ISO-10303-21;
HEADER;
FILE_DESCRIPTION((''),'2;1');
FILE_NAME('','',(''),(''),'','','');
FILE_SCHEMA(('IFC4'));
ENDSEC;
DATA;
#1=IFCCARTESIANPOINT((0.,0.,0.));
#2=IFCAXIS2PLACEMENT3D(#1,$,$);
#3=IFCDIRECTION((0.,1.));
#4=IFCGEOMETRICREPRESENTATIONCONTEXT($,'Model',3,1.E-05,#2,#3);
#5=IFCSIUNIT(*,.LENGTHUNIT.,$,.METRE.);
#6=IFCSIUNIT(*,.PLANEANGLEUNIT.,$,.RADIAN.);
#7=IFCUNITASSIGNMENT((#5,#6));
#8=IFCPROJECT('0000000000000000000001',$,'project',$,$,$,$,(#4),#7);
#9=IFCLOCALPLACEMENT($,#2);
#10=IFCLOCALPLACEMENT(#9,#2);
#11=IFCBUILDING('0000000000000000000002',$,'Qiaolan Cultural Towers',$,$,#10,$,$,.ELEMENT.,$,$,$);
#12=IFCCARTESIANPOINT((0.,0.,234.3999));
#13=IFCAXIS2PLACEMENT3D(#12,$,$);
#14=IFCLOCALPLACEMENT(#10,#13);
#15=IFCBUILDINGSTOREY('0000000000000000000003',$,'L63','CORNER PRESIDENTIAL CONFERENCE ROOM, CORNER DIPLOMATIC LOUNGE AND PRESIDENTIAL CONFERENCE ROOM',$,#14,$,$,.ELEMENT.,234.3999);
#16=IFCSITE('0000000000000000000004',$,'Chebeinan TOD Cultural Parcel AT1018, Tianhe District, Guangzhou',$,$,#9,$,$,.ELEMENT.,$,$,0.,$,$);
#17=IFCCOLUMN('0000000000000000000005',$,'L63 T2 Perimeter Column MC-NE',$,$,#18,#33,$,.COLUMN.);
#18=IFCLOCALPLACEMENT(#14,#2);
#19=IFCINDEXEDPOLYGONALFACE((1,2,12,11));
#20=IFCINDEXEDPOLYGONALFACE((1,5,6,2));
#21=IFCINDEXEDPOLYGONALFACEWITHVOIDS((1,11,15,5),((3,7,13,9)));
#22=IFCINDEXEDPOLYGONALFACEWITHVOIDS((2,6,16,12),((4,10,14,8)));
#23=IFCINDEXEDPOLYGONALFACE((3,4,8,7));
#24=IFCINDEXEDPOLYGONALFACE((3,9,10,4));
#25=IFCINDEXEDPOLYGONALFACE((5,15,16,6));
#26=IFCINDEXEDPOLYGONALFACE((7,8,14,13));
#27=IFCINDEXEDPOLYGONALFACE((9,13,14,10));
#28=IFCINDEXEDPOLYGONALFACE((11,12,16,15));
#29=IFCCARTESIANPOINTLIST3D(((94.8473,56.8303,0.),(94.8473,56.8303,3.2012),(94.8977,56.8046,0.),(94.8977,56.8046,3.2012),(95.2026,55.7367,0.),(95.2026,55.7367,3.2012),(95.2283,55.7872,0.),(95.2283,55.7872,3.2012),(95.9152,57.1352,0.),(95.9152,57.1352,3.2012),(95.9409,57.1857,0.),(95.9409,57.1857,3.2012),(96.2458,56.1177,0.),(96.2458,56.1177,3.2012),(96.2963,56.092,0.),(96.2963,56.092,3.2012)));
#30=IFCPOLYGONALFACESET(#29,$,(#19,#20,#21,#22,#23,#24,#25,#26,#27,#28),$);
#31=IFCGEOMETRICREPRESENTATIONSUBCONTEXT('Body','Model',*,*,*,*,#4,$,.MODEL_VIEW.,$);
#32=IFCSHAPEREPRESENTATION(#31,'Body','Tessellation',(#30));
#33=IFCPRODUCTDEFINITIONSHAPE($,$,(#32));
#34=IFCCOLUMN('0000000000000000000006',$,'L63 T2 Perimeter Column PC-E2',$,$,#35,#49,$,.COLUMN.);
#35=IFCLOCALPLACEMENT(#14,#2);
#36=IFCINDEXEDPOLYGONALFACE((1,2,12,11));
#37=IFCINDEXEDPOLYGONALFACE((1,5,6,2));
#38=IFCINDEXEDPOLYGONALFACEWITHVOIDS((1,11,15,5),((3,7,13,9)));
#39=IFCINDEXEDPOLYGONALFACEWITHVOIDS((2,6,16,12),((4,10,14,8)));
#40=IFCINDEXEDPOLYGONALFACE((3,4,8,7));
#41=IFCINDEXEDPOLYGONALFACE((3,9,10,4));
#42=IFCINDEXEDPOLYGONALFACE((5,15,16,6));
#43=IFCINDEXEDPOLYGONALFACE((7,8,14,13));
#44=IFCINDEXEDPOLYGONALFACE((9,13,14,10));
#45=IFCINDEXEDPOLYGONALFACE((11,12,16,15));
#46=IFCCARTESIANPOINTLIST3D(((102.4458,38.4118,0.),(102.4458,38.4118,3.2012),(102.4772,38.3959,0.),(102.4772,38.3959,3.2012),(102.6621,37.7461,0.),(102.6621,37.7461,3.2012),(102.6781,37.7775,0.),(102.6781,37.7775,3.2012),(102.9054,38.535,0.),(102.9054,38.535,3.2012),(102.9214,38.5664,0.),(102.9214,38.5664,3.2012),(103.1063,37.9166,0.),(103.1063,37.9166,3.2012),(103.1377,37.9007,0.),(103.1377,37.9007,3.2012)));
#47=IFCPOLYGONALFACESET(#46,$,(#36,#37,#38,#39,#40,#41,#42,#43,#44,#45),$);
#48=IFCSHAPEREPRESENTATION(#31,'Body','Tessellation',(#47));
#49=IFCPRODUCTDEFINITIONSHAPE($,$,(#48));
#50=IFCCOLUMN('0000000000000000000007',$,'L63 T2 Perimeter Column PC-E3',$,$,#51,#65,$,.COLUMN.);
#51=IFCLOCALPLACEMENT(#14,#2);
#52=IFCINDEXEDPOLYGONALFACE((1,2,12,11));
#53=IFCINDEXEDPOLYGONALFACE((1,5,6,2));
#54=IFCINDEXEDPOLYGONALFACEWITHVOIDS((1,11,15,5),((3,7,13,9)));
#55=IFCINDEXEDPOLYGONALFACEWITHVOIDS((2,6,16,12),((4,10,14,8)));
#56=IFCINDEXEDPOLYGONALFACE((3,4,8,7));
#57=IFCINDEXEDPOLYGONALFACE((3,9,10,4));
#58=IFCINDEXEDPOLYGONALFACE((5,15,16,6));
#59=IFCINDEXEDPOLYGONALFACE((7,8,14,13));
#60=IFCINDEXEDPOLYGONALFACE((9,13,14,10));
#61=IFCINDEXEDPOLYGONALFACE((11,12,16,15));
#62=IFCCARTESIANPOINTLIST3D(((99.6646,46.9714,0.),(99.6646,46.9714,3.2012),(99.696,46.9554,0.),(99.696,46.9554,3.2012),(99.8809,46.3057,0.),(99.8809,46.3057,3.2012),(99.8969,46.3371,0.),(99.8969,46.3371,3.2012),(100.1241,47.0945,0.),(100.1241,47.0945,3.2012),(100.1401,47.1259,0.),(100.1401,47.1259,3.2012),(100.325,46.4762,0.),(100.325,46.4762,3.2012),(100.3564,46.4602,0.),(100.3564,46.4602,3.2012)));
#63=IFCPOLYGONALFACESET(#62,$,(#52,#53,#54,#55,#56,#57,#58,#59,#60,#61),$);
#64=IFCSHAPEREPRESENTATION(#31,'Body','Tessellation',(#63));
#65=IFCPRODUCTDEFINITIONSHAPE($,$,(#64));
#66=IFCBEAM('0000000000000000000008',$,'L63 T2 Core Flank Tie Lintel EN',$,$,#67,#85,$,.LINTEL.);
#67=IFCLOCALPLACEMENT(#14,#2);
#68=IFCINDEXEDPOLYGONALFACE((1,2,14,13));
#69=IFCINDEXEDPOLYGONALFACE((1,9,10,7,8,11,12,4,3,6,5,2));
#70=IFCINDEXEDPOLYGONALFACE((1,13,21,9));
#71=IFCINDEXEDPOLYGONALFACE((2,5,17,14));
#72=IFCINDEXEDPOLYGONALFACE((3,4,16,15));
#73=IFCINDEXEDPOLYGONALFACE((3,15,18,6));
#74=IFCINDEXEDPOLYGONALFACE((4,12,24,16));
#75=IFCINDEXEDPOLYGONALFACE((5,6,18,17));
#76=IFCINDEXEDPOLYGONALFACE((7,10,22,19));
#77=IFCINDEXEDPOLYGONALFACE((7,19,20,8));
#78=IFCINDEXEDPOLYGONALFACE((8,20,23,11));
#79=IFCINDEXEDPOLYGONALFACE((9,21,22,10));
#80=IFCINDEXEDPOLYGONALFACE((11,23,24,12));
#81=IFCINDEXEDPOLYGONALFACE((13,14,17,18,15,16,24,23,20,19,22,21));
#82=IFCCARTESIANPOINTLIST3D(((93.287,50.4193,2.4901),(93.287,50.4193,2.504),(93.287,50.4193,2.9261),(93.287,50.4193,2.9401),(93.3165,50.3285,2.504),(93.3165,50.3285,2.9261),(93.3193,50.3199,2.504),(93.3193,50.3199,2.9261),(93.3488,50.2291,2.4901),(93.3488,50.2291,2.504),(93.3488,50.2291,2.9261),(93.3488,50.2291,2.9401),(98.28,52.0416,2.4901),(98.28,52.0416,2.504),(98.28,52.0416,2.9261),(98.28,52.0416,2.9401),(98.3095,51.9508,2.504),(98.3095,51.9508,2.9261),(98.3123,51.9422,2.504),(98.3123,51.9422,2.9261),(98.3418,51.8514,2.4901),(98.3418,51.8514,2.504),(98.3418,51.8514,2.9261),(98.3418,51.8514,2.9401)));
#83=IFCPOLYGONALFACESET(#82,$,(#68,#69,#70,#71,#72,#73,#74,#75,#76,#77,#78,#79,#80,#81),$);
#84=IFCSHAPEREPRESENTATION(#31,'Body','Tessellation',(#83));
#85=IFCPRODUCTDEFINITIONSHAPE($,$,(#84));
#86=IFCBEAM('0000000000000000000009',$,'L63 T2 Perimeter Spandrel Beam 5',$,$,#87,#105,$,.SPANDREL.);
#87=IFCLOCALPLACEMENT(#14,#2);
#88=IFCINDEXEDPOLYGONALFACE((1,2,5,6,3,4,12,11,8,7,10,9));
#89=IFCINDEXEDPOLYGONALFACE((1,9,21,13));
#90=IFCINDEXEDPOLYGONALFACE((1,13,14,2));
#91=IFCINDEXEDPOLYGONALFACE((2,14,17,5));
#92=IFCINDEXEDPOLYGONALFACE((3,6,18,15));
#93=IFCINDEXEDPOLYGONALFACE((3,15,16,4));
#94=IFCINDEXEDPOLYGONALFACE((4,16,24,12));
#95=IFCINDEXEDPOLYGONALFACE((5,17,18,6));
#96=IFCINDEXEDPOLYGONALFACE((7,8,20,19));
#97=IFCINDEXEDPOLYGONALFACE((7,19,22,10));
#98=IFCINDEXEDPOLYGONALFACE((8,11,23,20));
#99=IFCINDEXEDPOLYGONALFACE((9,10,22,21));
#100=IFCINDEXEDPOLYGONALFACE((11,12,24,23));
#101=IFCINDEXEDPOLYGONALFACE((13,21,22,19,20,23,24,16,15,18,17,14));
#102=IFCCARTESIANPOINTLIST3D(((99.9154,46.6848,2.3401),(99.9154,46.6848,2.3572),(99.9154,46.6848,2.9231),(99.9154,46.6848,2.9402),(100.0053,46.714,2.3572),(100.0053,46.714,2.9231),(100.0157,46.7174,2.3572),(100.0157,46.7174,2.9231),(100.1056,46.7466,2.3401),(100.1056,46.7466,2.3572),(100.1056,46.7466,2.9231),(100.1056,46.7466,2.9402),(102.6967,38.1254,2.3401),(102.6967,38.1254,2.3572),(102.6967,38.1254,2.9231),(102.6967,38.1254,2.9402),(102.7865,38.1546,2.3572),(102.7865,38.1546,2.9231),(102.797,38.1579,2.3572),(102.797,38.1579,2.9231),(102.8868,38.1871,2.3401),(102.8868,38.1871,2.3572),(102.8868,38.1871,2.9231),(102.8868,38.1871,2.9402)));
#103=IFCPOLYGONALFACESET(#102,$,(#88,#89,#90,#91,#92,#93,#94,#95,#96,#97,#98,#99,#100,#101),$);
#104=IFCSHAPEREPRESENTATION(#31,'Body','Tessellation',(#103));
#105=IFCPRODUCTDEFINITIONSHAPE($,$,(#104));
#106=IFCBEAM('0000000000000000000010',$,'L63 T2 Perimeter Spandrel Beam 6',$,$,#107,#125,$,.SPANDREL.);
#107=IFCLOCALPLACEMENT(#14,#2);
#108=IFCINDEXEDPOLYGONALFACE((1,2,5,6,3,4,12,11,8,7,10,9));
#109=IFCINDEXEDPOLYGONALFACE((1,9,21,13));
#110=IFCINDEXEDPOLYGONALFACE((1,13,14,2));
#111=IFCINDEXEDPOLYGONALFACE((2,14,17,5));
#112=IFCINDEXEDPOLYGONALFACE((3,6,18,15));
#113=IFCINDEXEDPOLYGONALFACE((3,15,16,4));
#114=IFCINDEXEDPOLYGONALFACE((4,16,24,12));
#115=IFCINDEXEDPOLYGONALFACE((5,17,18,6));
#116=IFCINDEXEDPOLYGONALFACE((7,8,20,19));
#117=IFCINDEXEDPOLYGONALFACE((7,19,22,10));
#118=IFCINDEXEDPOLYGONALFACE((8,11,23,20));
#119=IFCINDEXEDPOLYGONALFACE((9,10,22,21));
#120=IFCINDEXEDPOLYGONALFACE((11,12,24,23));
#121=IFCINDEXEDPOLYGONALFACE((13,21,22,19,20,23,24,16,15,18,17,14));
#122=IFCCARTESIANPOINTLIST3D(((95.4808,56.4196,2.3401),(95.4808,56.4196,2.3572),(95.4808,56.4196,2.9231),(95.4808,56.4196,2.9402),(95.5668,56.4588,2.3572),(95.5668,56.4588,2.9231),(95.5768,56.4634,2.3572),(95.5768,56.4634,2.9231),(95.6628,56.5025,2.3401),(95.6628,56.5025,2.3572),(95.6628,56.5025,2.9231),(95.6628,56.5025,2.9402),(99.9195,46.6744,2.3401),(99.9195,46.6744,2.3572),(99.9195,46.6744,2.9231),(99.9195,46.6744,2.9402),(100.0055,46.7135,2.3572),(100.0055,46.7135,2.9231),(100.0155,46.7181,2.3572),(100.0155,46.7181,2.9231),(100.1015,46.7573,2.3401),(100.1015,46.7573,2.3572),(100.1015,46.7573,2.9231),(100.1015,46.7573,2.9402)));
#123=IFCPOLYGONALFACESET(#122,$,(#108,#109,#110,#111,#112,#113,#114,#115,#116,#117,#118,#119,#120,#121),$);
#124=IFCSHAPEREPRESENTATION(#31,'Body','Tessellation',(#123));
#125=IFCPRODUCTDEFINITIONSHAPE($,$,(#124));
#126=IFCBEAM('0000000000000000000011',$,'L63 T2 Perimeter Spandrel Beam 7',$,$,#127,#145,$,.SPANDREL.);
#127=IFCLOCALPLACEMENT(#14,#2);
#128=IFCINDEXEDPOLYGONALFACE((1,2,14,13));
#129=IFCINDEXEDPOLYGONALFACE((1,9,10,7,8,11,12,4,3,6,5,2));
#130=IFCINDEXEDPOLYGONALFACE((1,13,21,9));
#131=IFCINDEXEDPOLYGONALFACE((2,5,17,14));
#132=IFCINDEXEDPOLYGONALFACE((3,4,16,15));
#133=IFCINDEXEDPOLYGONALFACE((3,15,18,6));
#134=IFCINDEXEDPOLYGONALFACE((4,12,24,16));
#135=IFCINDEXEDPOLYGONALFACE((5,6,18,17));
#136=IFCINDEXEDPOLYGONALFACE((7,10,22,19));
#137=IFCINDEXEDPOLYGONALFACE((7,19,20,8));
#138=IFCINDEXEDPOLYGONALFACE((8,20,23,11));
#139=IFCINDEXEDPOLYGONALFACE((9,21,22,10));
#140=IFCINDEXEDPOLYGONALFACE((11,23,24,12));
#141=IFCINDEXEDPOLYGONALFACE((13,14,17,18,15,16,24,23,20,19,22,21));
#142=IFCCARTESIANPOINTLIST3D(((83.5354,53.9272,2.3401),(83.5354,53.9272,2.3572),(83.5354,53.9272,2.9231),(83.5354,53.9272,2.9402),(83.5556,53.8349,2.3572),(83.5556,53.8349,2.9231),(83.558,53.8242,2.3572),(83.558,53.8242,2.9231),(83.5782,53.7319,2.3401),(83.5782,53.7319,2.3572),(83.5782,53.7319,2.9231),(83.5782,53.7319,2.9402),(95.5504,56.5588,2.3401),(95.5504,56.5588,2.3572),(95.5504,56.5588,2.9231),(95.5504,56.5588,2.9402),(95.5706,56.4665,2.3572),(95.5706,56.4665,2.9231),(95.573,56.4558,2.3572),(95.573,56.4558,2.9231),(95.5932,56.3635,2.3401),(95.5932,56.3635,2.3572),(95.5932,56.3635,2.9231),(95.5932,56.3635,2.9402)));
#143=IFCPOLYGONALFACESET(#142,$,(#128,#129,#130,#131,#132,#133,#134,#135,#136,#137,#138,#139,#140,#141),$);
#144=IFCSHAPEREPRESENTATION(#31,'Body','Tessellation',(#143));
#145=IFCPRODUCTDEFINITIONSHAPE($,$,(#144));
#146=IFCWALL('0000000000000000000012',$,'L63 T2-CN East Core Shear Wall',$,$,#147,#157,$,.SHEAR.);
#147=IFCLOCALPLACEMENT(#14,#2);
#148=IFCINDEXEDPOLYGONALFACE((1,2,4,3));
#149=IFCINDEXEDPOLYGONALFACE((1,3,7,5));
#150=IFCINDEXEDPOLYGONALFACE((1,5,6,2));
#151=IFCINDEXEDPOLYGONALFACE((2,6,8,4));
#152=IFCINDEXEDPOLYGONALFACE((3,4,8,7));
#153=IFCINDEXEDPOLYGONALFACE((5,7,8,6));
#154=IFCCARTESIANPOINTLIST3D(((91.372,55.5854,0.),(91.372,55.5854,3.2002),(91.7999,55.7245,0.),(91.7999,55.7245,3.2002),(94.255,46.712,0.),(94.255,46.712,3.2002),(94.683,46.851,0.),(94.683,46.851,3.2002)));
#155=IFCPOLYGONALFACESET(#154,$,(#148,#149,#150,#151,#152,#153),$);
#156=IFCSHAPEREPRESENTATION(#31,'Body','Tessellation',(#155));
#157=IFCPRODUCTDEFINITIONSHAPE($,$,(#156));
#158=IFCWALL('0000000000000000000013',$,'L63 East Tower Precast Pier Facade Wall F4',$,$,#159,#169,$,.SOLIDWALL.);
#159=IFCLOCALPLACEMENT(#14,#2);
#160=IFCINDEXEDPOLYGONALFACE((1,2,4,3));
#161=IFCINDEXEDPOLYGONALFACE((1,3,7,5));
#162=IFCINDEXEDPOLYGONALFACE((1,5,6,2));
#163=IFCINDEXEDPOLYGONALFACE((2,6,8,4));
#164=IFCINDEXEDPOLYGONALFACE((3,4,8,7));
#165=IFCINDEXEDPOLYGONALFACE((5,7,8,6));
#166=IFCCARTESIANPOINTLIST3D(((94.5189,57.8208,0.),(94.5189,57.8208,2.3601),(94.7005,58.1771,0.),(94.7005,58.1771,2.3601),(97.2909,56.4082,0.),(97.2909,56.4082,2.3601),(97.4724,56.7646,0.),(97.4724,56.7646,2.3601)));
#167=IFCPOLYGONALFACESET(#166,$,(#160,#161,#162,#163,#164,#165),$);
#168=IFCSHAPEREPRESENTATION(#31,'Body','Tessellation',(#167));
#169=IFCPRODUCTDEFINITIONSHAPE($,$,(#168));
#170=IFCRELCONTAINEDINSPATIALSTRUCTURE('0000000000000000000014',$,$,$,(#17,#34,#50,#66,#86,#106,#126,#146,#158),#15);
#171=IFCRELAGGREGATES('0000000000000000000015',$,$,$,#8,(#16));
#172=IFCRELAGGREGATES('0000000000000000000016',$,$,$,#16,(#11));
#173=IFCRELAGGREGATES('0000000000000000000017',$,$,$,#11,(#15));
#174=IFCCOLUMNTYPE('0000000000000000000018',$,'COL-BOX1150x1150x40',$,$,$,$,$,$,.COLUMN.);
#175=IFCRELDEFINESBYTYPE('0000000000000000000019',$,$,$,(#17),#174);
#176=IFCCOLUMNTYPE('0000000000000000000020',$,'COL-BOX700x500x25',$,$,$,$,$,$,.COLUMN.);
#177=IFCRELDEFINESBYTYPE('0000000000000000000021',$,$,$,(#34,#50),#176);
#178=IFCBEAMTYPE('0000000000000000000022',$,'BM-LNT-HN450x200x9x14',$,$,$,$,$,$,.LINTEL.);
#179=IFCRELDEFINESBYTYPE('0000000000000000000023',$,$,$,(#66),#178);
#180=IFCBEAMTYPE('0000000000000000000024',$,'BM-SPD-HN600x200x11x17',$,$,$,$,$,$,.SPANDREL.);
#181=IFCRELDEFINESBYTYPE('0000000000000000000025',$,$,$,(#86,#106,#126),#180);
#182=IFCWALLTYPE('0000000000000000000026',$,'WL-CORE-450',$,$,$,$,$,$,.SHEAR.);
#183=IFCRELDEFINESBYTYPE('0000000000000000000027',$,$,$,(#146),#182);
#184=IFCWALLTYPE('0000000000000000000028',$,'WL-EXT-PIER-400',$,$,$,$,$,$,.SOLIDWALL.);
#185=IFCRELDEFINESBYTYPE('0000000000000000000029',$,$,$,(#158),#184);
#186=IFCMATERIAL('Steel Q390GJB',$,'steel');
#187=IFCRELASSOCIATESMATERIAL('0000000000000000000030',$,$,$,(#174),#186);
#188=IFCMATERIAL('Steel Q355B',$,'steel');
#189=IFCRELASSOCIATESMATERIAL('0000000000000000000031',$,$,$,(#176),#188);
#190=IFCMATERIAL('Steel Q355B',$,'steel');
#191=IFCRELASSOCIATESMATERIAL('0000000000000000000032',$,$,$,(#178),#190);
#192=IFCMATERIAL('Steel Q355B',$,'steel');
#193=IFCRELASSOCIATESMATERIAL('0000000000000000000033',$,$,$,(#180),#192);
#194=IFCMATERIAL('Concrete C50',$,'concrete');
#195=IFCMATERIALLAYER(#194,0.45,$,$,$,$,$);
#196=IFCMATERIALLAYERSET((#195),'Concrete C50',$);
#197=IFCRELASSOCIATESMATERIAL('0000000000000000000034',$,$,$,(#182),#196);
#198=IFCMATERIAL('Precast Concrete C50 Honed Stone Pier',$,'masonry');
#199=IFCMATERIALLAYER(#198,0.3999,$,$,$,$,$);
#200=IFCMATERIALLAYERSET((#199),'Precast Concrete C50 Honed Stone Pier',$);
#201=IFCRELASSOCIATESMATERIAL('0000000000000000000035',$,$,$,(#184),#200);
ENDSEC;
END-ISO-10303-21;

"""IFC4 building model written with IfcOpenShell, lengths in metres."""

from ifc_helpers import new_model, si_unit, direction, frame, frame_2d, origin, origin_2d, place, context, subcontext, project, spatial, rectangle, hollow_rectangle, i_section, extrude, material, layer, layer_set, material_profile, profile_set, type_object, element, save


model = new_model("IFC4")

# Units and contexts
model_context = context("Model", 3, precision=1e-05, world=origin(), true_north=direction((0.0, 1.0)))
body_context = subcontext(model_context, "Body", "Model", "MODEL_VIEW")
ifc_project = project(units=[si_unit("LENGTHUNIT", "METRE"), si_unit("PLANEANGLEUNIT", "RADIAN")], contexts=[model_context])

# Site, building, storey
site_placement = place(None, origin())
site = spatial("IfcSite", under=ifc_project, at=site_placement, Name="Chebeinan TOD Cultural Parcel AT1018, Tianhe District, Guangzhou", CompositionType="ELEMENT", RefElevation=0.0)
building_placement = place(site_placement, origin())
building = spatial("IfcBuilding", under=site, at=building_placement, Name="Qiaolan Cultural Towers", CompositionType="ELEMENT")
storey_placement = place(building_placement, frame((0.0, 0.0, 234.3999)))
storey = spatial("IfcBuildingStorey", under=building, at=storey_placement, Name="L63", Description="CORNER PRESIDENTIAL CONFERENCE ROOM, CORNER DIPLOMATIC LOUNGE AND PRESIDENTIAL CONFERENCE ROOM", CompositionType="ELEMENT", Elevation=234.3999)

# Columns
ifc_material_1 = material(Name="Steel Q390GJB", Category="steel")
ifc_material_profile_1 = material_profile(ifc_material_1, hollow_rectangle(XDim=1.1499, YDim=1.1499, WallThickness=0.04, at=origin_2d()), Name="BOX1150x1150x40")
ifc_profile_set_1 = profile_set([ifc_material_profile_1], Name="Steel Q390GJB")
column_type_1 = type_object("IfcColumnType", Name="COL-BOX1150x1150x40", PredefinedType="COLUMN", material=ifc_profile_set_1)
column_placement = place(storey_placement, frame((95.5718, 56.4612, 0.0), z_axis=(0.0, 0.0, 1.0), x_axis=(0.951057, 0.309017, 0.0)))
element("IfcColumn", 1, at=column_placement, inside=storey, type_object=column_type_1, Name="L63 T2 Perimeter Column MC-NE", PredefinedType="COLUMN", context=body_context, shape_type="SweptSolid", body=[
    extrude(hollow_rectangle(XDim=1.1499, YDim=1.1499, WallThickness=0.04, at=origin_2d()), origin(), (0.0, 0.0, 1.0), 3.2012),
])
ifc_material_2 = material(Name="Steel Q355B", Category="steel")
ifc_material_profile_2 = material_profile(ifc_material_2, hollow_rectangle(XDim=0.5, YDim=0.7, WallThickness=0.0249, at=origin_2d()), Name="BOX700x500x25")
ifc_profile_set_2 = profile_set([ifc_material_profile_2], Name="Steel Q355B")
column_type_2 = type_object("IfcColumnType", Name="COL-BOX700x500x25", PredefinedType="COLUMN", material=ifc_profile_set_2)
for number, where, z_axis, x_axis, name in (
    (2, (102.7917, 38.1562, 0.0), (0.0, 0.0, 1.0), (0.951057, 0.309017, 0.0), "L63 T2 Perimeter Column PC-E2"),
    (3, (100.0105, 46.7158, 0.0), (0.0, 0.0, 1.0), (0.951057, 0.309017, 0.0), "L63 T2 Perimeter Column PC-E3"),
):
    element("IfcColumn", number, at=place(storey_placement, frame(where, z_axis=z_axis, x_axis=x_axis)), inside=storey, type_object=column_type_2, Name=name, PredefinedType="COLUMN", context=body_context, shape_type="SweptSolid", body=[
        extrude(hollow_rectangle(XDim=0.5, YDim=0.7, WallThickness=0.0249, at=origin_2d()), origin(), (0.0, 0.0, 1.0), 3.2012),
    ])

# Beams
ifc_material_3 = material(Name="Steel Q355B", Category="steel")
ifc_material_profile_3 = material_profile(ifc_material_3, i_section(OverallWidth=0.2, OverallDepth=0.45, WebThickness=0.009, FlangeThickness=0.0139, at=origin_2d()), Name="HN450x200x9x14")
ifc_profile_set_3 = profile_set([ifc_material_profile_3], Name="Steel Q355B")
beam_type_1 = type_object("IfcBeamType", Name="BM-LNT-HN450x200x9x14", PredefinedType="LINTEL", material=ifc_profile_set_3)
beam_1_placement = place(storey_placement, frame((93.3179, 50.3242, 2.7151), z_axis=(0.95106, 0.309006, 0.0), x_axis=(-0.309006, 0.95106, 0.0)))
element("IfcBeam", 4, at=beam_1_placement, inside=storey, type_object=beam_type_1, Name="L63 T2 Core Flank Tie Lintel EN", PredefinedType="LINTEL", context=body_context, shape_type="SweptSolid", body=[
    extrude(i_section(OverallWidth=0.2, OverallDepth=0.45, WebThickness=0.009, FlangeThickness=0.0139, at=origin_2d()), origin(), (0.0, 0.0, 1.0), 5.25),
])
ifc_material_4 = material(Name="Steel Q355B", Category="steel")
ifc_material_profile_4 = material_profile(ifc_material_4, i_section(OverallWidth=0.2, OverallDepth=0.6001, WebThickness=0.011, FlangeThickness=0.0171, at=origin_2d()), Name="HN600x200x11x17")
ifc_profile_set_4 = profile_set([ifc_material_profile_4], Name="Steel Q355B")
beam_type_2 = type_object("IfcBeamType", Name="BM-SPD-HN600x200x11x17", PredefinedType="SPANDREL", material=ifc_profile_set_4)
beam_2_placement = place(storey_placement, frame((102.7917, 38.1562, 2.6401), z_axis=(-0.309025, 0.951054, 0.0), x_axis=(-0.951054, -0.309025, 0.0)))
element("IfcBeam", 5, at=beam_2_placement, inside=storey, type_object=beam_type_2, Name="L63 T2 Perimeter Spandrel Beam 5", PredefinedType="SPANDREL", context=body_context, shape_type="SweptSolid", body=[
    extrude(i_section(OverallWidth=0.2, OverallDepth=0.6001, WebThickness=0.011, FlangeThickness=0.0171, at=origin_2d()), origin(), (0.0, 0.0, 1.0), 9.0),
])
beam_3_placement = place(storey_placement, frame((100.0105, 46.7158, 2.6401), z_axis=(-0.4145, 0.910049, 0.0), x_axis=(-0.910049, -0.4145, 0.0)))
element("IfcBeam", 6, at=beam_3_placement, inside=storey, type_object=beam_type_2, Name="L63 T2 Perimeter Spandrel Beam 6", PredefinedType="SPANDREL", context=body_context, shape_type="SweptSolid", body=[
    extrude(i_section(OverallWidth=0.2, OverallDepth=0.6001, WebThickness=0.011, FlangeThickness=0.0171, at=origin_2d()), origin(), (0.0, 0.0, 1.0), 10.7085),
])
beam_4_placement = place(storey_placement, frame((95.5718, 56.4612, 2.6401), z_axis=(-0.976843, -0.213956, 0.0), x_axis=(0.213956, -0.976843, 0.0)))
element("IfcBeam", 7, at=beam_4_placement, inside=storey, type_object=beam_type_2, Name="L63 T2 Perimeter Spandrel Beam 7", PredefinedType="SPANDREL", context=body_context, shape_type="SweptSolid", body=[
    extrude(i_section(OverallWidth=0.2, OverallDepth=0.6001, WebThickness=0.011, FlangeThickness=0.0171, at=origin_2d()), origin(), (0.0, 0.0, 1.0), 12.2998),
])

# Walls
ifc_material_5 = material(Name="Concrete C50", Category="concrete")
ifc_layer_1 = layer(ifc_material_5, 0.45)
ifc_layer_set_1 = layer_set([ifc_layer_1], Name="Concrete C50")
wall_type_1 = type_object("IfcWallType", Name="WL-CORE-450", PredefinedType="SHEAR", material=ifc_layer_set_1)
wall_1_placement = place(storey_placement, frame((94.469, 46.7815, 0.0), z_axis=(0.0, 0.0, 1.0), x_axis=(-0.309004, 0.951061, 0.0)))
element("IfcWall", 8, at=wall_1_placement, inside=storey, type_object=wall_type_1, Name="L63 T2-CN East Core Shear Wall", PredefinedType="SHEAR", context=body_context, shape_type="SweptSolid", body=[
    extrude(rectangle(XDim=9.3301, YDim=0.45, at=frame_2d((4.665, 0.0))), origin(), (0.0, 0.0, 1.0), 3.2002),
])
ifc_material_6 = material(Name="Precast Concrete C50 Honed Stone Pier", Category="masonry")
ifc_layer_2 = layer(ifc_material_6, 0.3999)
ifc_layer_set_2 = layer_set([ifc_layer_2], Name="Precast Concrete C50 Honed Stone Pier")
wall_type_2 = type_object("IfcWallType", Name="WL-EXT-PIER-400", PredefinedType="SOLIDWALL", material=ifc_layer_set_2)
wall_2_placement = place(storey_placement, frame((94.6096, 57.999, 0.0), z_axis=(0.0, 0.0, 1.0), x_axis=(0.89098, -0.454043, 0.0)))
element("IfcWall", 9, at=wall_2_placement, inside=storey, type_object=wall_type_2, Name="L63 East Tower Precast Pier Facade Wall F4", PredefinedType="SOLIDWALL", context=body_context, shape_type="SweptSolid", body=[
    extrude(rectangle(XDim=3.1111, YDim=0.3999, at=frame_2d((1.5557, 0.0))), origin(), (0.0, 0.0, 1.0), 2.3601),
])

save(model, "model.ifc")
